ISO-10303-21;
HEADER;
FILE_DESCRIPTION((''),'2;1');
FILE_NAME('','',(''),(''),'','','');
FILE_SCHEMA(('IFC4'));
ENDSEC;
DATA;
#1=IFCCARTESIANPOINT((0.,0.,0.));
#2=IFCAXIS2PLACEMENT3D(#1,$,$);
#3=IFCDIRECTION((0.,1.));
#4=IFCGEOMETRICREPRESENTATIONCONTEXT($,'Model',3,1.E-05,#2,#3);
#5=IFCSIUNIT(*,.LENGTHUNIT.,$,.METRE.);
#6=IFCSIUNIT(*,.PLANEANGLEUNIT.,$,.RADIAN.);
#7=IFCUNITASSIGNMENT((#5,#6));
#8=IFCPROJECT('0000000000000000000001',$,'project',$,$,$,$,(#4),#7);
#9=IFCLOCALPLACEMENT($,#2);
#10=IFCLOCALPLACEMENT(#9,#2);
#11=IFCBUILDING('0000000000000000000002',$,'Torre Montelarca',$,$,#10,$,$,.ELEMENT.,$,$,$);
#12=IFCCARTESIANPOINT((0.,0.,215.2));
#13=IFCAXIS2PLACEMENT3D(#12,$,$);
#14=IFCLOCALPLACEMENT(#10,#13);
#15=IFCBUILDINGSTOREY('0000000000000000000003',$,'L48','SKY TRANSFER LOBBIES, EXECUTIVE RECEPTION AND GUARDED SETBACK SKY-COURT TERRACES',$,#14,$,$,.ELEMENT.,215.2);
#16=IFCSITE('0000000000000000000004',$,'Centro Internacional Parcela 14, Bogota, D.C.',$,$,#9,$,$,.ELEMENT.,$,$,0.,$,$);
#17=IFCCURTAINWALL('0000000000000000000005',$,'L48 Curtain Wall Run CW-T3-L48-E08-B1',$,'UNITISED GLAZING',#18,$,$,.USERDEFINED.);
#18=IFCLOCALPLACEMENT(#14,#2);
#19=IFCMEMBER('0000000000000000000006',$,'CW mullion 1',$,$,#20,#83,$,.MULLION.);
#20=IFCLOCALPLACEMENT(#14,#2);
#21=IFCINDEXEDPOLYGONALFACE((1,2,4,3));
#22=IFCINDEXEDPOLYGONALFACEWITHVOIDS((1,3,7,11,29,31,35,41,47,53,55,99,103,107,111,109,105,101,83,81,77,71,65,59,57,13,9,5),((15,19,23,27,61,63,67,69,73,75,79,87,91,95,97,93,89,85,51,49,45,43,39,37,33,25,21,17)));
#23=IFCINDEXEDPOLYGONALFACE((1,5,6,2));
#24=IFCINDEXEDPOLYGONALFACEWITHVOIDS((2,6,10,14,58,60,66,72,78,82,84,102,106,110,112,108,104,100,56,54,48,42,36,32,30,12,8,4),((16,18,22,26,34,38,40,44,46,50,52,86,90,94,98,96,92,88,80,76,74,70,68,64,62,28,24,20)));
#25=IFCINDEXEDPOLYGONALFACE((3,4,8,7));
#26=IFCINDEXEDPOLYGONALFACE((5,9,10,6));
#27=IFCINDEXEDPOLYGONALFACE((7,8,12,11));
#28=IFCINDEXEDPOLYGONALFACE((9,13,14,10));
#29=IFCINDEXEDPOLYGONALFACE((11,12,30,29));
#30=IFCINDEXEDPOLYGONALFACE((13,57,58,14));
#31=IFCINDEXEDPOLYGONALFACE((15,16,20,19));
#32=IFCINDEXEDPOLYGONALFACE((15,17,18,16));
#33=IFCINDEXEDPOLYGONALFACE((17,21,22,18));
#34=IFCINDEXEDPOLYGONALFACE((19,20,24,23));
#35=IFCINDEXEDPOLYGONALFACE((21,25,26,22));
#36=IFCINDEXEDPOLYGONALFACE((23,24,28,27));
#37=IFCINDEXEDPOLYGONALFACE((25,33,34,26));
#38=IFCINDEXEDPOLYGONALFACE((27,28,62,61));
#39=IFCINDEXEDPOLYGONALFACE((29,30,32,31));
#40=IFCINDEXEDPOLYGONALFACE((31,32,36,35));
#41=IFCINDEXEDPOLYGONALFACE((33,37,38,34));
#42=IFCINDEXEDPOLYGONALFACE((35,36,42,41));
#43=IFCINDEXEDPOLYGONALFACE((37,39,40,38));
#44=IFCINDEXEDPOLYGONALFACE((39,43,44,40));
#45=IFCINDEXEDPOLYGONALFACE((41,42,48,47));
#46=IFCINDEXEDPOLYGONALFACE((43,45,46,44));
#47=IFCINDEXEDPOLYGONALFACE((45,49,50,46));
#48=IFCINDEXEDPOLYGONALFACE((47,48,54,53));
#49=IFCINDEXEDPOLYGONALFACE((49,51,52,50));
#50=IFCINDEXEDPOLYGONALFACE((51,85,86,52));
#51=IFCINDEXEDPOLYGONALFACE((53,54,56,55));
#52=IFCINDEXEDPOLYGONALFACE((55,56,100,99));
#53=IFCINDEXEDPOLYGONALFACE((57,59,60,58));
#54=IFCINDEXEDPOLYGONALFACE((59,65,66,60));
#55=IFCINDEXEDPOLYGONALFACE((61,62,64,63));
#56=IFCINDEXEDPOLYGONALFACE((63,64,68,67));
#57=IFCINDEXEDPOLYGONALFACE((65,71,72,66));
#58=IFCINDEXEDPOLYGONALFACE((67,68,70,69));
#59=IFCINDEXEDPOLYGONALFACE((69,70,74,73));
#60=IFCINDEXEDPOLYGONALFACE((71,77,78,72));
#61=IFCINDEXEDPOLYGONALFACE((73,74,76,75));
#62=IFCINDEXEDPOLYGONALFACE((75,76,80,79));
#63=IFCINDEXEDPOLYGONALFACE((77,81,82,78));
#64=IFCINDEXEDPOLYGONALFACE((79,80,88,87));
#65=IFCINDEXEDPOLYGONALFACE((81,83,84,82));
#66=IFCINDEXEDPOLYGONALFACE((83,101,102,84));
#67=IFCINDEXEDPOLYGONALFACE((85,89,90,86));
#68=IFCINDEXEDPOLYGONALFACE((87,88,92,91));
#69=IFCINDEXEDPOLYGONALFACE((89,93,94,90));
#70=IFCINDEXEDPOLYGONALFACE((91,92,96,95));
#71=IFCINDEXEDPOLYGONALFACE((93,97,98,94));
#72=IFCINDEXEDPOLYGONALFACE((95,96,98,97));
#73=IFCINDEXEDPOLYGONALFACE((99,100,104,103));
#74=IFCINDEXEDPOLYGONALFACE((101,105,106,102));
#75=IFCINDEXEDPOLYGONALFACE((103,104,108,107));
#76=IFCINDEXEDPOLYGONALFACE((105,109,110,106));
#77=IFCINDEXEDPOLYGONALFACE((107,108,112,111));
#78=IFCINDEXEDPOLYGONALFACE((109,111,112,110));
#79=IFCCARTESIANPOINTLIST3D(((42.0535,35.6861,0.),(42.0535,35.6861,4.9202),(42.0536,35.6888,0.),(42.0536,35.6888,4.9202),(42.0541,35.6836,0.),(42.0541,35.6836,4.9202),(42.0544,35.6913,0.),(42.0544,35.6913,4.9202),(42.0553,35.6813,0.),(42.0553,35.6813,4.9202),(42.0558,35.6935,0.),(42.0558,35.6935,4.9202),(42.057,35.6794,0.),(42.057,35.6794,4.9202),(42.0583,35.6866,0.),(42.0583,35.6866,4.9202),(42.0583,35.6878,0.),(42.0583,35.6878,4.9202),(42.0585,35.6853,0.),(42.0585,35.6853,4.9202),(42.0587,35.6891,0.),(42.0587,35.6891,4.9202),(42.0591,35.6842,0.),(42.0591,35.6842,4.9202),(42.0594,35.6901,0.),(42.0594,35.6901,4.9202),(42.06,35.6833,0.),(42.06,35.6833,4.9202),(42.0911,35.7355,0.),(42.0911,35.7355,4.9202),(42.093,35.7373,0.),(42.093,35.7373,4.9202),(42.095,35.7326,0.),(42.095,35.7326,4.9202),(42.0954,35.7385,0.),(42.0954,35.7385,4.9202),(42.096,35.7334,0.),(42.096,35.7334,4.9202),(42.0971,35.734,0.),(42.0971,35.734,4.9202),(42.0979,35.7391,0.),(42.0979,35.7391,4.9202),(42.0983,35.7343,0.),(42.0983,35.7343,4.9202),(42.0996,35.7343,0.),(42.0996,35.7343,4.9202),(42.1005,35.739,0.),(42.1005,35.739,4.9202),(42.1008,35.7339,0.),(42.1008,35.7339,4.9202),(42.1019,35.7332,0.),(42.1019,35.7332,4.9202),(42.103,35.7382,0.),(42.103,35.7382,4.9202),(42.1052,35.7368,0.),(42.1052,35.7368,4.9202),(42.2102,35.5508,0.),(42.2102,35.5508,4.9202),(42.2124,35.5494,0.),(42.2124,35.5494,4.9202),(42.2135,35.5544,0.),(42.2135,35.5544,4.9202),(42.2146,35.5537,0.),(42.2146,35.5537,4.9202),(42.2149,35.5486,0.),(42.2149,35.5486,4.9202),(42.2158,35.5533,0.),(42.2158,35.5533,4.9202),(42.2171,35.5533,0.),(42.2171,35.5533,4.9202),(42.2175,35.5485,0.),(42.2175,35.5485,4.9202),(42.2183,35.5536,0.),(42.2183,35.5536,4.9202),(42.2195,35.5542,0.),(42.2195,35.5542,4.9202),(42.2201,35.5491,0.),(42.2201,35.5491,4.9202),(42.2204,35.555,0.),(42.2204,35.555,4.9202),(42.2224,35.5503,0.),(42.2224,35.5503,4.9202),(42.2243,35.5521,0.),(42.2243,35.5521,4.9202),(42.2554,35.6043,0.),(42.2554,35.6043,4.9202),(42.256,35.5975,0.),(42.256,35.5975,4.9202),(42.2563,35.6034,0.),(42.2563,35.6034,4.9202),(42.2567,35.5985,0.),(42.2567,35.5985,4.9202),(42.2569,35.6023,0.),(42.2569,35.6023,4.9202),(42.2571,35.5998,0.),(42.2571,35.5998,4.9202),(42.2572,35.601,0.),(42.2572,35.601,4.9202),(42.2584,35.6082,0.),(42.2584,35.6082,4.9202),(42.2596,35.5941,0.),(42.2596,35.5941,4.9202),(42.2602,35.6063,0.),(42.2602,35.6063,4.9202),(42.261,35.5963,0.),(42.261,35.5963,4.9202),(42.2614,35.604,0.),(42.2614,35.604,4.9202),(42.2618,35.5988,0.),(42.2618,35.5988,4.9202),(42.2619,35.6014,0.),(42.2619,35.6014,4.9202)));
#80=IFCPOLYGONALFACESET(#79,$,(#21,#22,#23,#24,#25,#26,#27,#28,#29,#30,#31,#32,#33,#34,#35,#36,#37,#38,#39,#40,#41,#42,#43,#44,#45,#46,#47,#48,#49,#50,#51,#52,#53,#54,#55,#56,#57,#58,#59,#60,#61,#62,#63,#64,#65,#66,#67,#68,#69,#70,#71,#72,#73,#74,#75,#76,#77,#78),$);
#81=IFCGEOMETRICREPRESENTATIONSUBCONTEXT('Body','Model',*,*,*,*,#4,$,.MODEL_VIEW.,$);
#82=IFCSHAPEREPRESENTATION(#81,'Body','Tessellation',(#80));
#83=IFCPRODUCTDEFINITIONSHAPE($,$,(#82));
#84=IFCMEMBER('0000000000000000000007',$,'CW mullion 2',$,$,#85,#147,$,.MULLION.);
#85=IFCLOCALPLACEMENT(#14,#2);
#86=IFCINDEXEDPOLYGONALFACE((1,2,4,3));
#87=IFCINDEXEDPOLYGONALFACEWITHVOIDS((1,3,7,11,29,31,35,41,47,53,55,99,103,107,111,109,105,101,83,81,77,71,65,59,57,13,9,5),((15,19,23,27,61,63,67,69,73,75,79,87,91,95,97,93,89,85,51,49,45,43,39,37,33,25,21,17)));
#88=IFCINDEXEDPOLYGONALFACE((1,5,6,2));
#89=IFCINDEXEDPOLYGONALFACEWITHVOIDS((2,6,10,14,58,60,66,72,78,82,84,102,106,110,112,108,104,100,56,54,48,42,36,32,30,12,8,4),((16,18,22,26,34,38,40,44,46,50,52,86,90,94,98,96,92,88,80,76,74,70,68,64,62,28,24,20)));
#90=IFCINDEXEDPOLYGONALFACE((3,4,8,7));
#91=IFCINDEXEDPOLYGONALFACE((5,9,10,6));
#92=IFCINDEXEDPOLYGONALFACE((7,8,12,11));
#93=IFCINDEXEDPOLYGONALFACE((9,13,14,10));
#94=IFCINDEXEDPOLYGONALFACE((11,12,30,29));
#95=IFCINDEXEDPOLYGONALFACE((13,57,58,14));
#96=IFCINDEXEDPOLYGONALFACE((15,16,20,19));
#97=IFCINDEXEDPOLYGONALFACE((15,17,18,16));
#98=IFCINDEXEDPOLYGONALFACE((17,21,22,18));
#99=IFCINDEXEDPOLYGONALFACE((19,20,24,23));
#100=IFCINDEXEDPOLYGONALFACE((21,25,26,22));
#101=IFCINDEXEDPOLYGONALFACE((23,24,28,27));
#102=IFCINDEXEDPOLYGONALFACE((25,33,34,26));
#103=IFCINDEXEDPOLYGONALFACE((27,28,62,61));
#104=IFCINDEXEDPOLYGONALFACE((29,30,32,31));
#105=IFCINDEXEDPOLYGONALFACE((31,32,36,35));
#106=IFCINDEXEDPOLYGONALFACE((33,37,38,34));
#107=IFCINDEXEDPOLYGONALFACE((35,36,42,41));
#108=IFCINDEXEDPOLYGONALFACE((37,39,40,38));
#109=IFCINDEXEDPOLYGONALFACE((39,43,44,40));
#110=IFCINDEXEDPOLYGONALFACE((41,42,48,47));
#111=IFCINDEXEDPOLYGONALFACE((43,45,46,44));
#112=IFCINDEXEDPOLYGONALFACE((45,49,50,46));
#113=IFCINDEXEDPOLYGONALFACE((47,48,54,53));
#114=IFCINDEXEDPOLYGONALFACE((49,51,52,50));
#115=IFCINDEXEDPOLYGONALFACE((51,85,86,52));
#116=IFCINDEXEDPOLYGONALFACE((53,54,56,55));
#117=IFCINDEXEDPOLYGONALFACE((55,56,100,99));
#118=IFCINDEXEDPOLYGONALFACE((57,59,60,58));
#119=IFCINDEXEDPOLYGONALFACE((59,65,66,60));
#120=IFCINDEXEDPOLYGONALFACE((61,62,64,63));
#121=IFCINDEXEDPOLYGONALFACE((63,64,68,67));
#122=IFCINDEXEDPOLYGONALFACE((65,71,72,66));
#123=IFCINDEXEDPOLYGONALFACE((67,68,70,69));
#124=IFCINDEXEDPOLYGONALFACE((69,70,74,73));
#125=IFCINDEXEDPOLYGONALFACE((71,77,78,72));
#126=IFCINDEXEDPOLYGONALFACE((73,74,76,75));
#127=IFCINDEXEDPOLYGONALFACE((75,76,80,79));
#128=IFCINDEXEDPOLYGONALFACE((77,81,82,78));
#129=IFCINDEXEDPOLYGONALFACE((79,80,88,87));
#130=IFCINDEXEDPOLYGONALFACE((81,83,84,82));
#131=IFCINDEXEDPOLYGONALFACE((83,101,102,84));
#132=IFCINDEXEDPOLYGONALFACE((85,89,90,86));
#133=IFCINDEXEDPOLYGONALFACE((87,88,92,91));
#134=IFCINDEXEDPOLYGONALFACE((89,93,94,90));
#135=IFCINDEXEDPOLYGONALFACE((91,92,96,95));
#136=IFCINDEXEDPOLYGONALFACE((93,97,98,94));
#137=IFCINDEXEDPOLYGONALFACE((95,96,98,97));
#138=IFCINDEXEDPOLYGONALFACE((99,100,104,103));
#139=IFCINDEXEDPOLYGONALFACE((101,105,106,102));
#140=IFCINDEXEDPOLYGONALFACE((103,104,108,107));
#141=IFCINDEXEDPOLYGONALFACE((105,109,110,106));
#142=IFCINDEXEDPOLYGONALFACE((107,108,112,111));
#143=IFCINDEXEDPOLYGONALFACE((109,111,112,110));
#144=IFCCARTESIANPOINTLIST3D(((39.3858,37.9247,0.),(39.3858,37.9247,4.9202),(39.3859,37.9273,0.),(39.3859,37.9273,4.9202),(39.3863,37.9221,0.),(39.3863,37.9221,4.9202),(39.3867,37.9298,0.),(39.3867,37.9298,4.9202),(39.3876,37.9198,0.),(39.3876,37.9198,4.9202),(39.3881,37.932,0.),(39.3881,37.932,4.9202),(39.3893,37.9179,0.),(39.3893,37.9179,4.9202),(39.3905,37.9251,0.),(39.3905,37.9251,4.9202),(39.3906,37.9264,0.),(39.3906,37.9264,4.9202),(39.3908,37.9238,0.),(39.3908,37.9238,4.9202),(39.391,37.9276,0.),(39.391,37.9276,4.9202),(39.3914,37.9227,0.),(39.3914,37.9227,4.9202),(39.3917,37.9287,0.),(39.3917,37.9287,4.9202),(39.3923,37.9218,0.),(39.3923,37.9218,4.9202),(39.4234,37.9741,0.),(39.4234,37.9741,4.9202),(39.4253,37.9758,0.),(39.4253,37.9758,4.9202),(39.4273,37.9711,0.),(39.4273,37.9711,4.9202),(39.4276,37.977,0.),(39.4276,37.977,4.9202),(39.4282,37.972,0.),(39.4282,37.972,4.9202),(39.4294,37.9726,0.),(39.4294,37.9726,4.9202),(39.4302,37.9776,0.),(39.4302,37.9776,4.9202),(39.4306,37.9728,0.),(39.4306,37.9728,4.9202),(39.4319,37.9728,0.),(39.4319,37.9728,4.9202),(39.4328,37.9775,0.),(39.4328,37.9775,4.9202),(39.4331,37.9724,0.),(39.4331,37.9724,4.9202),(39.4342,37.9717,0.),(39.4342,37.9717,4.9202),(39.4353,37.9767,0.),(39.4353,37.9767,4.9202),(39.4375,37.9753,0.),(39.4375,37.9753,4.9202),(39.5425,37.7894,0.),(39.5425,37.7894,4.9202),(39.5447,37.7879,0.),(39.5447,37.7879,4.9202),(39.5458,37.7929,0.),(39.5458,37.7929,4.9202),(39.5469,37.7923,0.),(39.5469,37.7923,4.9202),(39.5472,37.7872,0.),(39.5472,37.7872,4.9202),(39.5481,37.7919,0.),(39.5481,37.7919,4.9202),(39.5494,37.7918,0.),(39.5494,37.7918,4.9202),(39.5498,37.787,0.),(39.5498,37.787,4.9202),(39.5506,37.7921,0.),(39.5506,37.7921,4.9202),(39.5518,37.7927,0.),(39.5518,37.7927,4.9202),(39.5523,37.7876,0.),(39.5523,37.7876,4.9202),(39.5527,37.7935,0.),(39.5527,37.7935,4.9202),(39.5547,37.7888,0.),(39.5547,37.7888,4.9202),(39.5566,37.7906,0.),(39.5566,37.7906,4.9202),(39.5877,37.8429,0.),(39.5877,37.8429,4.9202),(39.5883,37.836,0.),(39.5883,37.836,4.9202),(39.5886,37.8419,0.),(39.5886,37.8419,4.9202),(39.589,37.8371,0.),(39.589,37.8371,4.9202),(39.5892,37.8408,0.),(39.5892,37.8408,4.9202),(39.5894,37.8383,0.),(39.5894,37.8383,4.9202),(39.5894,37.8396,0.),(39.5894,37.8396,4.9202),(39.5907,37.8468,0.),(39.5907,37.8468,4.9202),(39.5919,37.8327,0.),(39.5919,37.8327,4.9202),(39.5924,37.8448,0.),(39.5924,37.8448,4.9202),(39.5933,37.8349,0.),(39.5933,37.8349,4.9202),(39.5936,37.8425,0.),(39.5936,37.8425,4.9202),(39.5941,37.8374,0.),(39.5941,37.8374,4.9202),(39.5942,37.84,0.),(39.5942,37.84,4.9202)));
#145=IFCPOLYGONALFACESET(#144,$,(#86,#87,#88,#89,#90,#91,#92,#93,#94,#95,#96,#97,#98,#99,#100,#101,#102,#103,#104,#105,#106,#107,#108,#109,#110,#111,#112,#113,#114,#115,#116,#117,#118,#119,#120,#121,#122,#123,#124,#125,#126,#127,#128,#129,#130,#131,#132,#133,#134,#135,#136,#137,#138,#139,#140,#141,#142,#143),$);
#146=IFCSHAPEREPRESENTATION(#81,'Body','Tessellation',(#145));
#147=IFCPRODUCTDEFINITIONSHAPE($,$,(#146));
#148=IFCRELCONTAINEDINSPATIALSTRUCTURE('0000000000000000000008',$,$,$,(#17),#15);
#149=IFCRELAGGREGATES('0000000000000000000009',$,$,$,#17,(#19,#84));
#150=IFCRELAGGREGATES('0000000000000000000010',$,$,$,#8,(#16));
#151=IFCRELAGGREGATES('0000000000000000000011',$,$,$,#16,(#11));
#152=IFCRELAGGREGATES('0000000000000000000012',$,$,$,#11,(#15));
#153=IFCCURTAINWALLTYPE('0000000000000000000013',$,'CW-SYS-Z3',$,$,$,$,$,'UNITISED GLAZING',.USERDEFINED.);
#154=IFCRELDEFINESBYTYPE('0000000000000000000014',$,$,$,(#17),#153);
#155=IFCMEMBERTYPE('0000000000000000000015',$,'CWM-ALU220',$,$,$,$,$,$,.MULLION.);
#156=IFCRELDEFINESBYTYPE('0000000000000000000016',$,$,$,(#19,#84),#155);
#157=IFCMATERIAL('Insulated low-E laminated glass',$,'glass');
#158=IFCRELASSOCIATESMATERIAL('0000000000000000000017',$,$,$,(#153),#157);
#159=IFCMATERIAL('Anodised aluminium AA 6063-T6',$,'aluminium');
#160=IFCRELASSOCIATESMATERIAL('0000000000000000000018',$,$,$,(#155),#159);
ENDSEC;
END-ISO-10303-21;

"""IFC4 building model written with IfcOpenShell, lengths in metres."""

from ifc_helpers import new_model, si_unit, direction, frame, origin, origin_2d, place, context, subcontext, project, spatial, hollow_rectangle, extrude, source, transform, mapped, material, material_profile, profile_set, type_object, element, aggregate, save


model = new_model("IFC4")

# Units and contexts
model_context = context("Model", 3, precision=1e-05, world=origin(), true_north=direction((0.0, 1.0)))
body_context = subcontext(model_context, "Body", "Model", "MODEL_VIEW")
ifc_project = project(units=[si_unit("LENGTHUNIT", "METRE"), si_unit("PLANEANGLEUNIT", "RADIAN")], contexts=[model_context])

# Site, building, storey
site_placement = place(None, origin())
site = spatial("IfcSite", under=ifc_project, at=site_placement, Name="Centro Internacional Parcela 14, Bogota, D.C.", CompositionType="ELEMENT", RefElevation=0.0)
building_placement = place(site_placement, origin())
building = spatial("IfcBuilding", under=site, at=building_placement, Name="Torre Montelarca", CompositionType="ELEMENT")
storey_placement = place(building_placement, frame((0.0, 0.0, 215.2)))
storey = spatial("IfcBuildingStorey", under=building, at=storey_placement, Name="L48", Description="SKY TRANSFER LOBBIES, EXECUTIVE RECEPTION AND GUARDED SETBACK SKY-COURT TERRACES", CompositionType="ELEMENT", Elevation=215.2)

# Curtain wall, members
ifc_material_1 = material(Name="Insulated low-E laminated glass", Category="glass")
curtain_wall_type = type_object("IfcCurtainWallType", Name="CW-SYS-Z3", ElementType="UNITISED GLAZING", PredefinedType="USERDEFINED", material=ifc_material_1)
ifc_material_2 = material(Name="Anodised aluminium AA 6063-T6", Category="aluminium")
ifc_material_profile_1 = material_profile(ifc_material_2, hollow_rectangle(XDim=0.075, YDim=0.22, WallThickness=0.0049, InnerFilletRadius=0.0049, OuterFilletRadius=0.01, at=origin_2d()), Name="ALU75X220X5", Category="aluminium")
ifc_profile_set_1 = profile_set([ifc_material_profile_1], Name="Anodised aluminium AA 6063-T6")
member_type_1 = type_object("IfcMemberType", Name="CWM-ALU220", PredefinedType="MULLION", material=ifc_profile_set_1)
shared_shape_1 = source(origin(), body_context, "Body", "SweptSolid", [
    extrude(hollow_rectangle(XDim=0.075, YDim=0.22, WallThickness=0.0049, InnerFilletRadius=0.0049, OuterFilletRadius=0.01, at=origin_2d()), origin(), (0.0, 0.0, 1.0), 4.9202),
])
curtain_wall_1_placement = place(storey_placement, origin())
curtain_wall_1 = element("IfcCurtainWall", 1, at=curtain_wall_1_placement, inside=storey, type_object=curtain_wall_type, Name="L48 Curtain Wall Run CW-T3-L48-E08-B1", ObjectType="UNITISED GLAZING", PredefinedType="USERDEFINED")
member_1_placement = place(storey_placement, frame((42.1577, 35.6438, 0.0), z_axis=(0.0, 0.0, 1.0), x_axis=(-0.642789, -0.766043, 0.0)))
member_1 = element("IfcMember", 2, at=member_1_placement, type_object=member_type_1, Name="CW mullion 1", PredefinedType="MULLION", context=body_context, shape_type="MappedRepresentation", body=[
    mapped(shared_shape_1, transform((0.0, 0.0, 0.0), scale=1.0)),
])
member_2_placement = place(storey_placement, frame((39.49, 37.8823, 0.0), z_axis=(0.0, 0.0, 1.0), x_axis=(-0.642789, -0.766043, 0.0)))
member_2 = element("IfcMember", 3, at=member_2_placement, type_object=member_type_1, Name="CW mullion 2", PredefinedType="MULLION", context=body_context, shape_type="MappedRepresentation", body=[
    mapped(shared_shape_1, transform((0.0, 0.0, 0.0), scale=1.0)),
])

aggregate(curtain_wall_1, [member_1, member_2])

save(model, "model.ifc")
